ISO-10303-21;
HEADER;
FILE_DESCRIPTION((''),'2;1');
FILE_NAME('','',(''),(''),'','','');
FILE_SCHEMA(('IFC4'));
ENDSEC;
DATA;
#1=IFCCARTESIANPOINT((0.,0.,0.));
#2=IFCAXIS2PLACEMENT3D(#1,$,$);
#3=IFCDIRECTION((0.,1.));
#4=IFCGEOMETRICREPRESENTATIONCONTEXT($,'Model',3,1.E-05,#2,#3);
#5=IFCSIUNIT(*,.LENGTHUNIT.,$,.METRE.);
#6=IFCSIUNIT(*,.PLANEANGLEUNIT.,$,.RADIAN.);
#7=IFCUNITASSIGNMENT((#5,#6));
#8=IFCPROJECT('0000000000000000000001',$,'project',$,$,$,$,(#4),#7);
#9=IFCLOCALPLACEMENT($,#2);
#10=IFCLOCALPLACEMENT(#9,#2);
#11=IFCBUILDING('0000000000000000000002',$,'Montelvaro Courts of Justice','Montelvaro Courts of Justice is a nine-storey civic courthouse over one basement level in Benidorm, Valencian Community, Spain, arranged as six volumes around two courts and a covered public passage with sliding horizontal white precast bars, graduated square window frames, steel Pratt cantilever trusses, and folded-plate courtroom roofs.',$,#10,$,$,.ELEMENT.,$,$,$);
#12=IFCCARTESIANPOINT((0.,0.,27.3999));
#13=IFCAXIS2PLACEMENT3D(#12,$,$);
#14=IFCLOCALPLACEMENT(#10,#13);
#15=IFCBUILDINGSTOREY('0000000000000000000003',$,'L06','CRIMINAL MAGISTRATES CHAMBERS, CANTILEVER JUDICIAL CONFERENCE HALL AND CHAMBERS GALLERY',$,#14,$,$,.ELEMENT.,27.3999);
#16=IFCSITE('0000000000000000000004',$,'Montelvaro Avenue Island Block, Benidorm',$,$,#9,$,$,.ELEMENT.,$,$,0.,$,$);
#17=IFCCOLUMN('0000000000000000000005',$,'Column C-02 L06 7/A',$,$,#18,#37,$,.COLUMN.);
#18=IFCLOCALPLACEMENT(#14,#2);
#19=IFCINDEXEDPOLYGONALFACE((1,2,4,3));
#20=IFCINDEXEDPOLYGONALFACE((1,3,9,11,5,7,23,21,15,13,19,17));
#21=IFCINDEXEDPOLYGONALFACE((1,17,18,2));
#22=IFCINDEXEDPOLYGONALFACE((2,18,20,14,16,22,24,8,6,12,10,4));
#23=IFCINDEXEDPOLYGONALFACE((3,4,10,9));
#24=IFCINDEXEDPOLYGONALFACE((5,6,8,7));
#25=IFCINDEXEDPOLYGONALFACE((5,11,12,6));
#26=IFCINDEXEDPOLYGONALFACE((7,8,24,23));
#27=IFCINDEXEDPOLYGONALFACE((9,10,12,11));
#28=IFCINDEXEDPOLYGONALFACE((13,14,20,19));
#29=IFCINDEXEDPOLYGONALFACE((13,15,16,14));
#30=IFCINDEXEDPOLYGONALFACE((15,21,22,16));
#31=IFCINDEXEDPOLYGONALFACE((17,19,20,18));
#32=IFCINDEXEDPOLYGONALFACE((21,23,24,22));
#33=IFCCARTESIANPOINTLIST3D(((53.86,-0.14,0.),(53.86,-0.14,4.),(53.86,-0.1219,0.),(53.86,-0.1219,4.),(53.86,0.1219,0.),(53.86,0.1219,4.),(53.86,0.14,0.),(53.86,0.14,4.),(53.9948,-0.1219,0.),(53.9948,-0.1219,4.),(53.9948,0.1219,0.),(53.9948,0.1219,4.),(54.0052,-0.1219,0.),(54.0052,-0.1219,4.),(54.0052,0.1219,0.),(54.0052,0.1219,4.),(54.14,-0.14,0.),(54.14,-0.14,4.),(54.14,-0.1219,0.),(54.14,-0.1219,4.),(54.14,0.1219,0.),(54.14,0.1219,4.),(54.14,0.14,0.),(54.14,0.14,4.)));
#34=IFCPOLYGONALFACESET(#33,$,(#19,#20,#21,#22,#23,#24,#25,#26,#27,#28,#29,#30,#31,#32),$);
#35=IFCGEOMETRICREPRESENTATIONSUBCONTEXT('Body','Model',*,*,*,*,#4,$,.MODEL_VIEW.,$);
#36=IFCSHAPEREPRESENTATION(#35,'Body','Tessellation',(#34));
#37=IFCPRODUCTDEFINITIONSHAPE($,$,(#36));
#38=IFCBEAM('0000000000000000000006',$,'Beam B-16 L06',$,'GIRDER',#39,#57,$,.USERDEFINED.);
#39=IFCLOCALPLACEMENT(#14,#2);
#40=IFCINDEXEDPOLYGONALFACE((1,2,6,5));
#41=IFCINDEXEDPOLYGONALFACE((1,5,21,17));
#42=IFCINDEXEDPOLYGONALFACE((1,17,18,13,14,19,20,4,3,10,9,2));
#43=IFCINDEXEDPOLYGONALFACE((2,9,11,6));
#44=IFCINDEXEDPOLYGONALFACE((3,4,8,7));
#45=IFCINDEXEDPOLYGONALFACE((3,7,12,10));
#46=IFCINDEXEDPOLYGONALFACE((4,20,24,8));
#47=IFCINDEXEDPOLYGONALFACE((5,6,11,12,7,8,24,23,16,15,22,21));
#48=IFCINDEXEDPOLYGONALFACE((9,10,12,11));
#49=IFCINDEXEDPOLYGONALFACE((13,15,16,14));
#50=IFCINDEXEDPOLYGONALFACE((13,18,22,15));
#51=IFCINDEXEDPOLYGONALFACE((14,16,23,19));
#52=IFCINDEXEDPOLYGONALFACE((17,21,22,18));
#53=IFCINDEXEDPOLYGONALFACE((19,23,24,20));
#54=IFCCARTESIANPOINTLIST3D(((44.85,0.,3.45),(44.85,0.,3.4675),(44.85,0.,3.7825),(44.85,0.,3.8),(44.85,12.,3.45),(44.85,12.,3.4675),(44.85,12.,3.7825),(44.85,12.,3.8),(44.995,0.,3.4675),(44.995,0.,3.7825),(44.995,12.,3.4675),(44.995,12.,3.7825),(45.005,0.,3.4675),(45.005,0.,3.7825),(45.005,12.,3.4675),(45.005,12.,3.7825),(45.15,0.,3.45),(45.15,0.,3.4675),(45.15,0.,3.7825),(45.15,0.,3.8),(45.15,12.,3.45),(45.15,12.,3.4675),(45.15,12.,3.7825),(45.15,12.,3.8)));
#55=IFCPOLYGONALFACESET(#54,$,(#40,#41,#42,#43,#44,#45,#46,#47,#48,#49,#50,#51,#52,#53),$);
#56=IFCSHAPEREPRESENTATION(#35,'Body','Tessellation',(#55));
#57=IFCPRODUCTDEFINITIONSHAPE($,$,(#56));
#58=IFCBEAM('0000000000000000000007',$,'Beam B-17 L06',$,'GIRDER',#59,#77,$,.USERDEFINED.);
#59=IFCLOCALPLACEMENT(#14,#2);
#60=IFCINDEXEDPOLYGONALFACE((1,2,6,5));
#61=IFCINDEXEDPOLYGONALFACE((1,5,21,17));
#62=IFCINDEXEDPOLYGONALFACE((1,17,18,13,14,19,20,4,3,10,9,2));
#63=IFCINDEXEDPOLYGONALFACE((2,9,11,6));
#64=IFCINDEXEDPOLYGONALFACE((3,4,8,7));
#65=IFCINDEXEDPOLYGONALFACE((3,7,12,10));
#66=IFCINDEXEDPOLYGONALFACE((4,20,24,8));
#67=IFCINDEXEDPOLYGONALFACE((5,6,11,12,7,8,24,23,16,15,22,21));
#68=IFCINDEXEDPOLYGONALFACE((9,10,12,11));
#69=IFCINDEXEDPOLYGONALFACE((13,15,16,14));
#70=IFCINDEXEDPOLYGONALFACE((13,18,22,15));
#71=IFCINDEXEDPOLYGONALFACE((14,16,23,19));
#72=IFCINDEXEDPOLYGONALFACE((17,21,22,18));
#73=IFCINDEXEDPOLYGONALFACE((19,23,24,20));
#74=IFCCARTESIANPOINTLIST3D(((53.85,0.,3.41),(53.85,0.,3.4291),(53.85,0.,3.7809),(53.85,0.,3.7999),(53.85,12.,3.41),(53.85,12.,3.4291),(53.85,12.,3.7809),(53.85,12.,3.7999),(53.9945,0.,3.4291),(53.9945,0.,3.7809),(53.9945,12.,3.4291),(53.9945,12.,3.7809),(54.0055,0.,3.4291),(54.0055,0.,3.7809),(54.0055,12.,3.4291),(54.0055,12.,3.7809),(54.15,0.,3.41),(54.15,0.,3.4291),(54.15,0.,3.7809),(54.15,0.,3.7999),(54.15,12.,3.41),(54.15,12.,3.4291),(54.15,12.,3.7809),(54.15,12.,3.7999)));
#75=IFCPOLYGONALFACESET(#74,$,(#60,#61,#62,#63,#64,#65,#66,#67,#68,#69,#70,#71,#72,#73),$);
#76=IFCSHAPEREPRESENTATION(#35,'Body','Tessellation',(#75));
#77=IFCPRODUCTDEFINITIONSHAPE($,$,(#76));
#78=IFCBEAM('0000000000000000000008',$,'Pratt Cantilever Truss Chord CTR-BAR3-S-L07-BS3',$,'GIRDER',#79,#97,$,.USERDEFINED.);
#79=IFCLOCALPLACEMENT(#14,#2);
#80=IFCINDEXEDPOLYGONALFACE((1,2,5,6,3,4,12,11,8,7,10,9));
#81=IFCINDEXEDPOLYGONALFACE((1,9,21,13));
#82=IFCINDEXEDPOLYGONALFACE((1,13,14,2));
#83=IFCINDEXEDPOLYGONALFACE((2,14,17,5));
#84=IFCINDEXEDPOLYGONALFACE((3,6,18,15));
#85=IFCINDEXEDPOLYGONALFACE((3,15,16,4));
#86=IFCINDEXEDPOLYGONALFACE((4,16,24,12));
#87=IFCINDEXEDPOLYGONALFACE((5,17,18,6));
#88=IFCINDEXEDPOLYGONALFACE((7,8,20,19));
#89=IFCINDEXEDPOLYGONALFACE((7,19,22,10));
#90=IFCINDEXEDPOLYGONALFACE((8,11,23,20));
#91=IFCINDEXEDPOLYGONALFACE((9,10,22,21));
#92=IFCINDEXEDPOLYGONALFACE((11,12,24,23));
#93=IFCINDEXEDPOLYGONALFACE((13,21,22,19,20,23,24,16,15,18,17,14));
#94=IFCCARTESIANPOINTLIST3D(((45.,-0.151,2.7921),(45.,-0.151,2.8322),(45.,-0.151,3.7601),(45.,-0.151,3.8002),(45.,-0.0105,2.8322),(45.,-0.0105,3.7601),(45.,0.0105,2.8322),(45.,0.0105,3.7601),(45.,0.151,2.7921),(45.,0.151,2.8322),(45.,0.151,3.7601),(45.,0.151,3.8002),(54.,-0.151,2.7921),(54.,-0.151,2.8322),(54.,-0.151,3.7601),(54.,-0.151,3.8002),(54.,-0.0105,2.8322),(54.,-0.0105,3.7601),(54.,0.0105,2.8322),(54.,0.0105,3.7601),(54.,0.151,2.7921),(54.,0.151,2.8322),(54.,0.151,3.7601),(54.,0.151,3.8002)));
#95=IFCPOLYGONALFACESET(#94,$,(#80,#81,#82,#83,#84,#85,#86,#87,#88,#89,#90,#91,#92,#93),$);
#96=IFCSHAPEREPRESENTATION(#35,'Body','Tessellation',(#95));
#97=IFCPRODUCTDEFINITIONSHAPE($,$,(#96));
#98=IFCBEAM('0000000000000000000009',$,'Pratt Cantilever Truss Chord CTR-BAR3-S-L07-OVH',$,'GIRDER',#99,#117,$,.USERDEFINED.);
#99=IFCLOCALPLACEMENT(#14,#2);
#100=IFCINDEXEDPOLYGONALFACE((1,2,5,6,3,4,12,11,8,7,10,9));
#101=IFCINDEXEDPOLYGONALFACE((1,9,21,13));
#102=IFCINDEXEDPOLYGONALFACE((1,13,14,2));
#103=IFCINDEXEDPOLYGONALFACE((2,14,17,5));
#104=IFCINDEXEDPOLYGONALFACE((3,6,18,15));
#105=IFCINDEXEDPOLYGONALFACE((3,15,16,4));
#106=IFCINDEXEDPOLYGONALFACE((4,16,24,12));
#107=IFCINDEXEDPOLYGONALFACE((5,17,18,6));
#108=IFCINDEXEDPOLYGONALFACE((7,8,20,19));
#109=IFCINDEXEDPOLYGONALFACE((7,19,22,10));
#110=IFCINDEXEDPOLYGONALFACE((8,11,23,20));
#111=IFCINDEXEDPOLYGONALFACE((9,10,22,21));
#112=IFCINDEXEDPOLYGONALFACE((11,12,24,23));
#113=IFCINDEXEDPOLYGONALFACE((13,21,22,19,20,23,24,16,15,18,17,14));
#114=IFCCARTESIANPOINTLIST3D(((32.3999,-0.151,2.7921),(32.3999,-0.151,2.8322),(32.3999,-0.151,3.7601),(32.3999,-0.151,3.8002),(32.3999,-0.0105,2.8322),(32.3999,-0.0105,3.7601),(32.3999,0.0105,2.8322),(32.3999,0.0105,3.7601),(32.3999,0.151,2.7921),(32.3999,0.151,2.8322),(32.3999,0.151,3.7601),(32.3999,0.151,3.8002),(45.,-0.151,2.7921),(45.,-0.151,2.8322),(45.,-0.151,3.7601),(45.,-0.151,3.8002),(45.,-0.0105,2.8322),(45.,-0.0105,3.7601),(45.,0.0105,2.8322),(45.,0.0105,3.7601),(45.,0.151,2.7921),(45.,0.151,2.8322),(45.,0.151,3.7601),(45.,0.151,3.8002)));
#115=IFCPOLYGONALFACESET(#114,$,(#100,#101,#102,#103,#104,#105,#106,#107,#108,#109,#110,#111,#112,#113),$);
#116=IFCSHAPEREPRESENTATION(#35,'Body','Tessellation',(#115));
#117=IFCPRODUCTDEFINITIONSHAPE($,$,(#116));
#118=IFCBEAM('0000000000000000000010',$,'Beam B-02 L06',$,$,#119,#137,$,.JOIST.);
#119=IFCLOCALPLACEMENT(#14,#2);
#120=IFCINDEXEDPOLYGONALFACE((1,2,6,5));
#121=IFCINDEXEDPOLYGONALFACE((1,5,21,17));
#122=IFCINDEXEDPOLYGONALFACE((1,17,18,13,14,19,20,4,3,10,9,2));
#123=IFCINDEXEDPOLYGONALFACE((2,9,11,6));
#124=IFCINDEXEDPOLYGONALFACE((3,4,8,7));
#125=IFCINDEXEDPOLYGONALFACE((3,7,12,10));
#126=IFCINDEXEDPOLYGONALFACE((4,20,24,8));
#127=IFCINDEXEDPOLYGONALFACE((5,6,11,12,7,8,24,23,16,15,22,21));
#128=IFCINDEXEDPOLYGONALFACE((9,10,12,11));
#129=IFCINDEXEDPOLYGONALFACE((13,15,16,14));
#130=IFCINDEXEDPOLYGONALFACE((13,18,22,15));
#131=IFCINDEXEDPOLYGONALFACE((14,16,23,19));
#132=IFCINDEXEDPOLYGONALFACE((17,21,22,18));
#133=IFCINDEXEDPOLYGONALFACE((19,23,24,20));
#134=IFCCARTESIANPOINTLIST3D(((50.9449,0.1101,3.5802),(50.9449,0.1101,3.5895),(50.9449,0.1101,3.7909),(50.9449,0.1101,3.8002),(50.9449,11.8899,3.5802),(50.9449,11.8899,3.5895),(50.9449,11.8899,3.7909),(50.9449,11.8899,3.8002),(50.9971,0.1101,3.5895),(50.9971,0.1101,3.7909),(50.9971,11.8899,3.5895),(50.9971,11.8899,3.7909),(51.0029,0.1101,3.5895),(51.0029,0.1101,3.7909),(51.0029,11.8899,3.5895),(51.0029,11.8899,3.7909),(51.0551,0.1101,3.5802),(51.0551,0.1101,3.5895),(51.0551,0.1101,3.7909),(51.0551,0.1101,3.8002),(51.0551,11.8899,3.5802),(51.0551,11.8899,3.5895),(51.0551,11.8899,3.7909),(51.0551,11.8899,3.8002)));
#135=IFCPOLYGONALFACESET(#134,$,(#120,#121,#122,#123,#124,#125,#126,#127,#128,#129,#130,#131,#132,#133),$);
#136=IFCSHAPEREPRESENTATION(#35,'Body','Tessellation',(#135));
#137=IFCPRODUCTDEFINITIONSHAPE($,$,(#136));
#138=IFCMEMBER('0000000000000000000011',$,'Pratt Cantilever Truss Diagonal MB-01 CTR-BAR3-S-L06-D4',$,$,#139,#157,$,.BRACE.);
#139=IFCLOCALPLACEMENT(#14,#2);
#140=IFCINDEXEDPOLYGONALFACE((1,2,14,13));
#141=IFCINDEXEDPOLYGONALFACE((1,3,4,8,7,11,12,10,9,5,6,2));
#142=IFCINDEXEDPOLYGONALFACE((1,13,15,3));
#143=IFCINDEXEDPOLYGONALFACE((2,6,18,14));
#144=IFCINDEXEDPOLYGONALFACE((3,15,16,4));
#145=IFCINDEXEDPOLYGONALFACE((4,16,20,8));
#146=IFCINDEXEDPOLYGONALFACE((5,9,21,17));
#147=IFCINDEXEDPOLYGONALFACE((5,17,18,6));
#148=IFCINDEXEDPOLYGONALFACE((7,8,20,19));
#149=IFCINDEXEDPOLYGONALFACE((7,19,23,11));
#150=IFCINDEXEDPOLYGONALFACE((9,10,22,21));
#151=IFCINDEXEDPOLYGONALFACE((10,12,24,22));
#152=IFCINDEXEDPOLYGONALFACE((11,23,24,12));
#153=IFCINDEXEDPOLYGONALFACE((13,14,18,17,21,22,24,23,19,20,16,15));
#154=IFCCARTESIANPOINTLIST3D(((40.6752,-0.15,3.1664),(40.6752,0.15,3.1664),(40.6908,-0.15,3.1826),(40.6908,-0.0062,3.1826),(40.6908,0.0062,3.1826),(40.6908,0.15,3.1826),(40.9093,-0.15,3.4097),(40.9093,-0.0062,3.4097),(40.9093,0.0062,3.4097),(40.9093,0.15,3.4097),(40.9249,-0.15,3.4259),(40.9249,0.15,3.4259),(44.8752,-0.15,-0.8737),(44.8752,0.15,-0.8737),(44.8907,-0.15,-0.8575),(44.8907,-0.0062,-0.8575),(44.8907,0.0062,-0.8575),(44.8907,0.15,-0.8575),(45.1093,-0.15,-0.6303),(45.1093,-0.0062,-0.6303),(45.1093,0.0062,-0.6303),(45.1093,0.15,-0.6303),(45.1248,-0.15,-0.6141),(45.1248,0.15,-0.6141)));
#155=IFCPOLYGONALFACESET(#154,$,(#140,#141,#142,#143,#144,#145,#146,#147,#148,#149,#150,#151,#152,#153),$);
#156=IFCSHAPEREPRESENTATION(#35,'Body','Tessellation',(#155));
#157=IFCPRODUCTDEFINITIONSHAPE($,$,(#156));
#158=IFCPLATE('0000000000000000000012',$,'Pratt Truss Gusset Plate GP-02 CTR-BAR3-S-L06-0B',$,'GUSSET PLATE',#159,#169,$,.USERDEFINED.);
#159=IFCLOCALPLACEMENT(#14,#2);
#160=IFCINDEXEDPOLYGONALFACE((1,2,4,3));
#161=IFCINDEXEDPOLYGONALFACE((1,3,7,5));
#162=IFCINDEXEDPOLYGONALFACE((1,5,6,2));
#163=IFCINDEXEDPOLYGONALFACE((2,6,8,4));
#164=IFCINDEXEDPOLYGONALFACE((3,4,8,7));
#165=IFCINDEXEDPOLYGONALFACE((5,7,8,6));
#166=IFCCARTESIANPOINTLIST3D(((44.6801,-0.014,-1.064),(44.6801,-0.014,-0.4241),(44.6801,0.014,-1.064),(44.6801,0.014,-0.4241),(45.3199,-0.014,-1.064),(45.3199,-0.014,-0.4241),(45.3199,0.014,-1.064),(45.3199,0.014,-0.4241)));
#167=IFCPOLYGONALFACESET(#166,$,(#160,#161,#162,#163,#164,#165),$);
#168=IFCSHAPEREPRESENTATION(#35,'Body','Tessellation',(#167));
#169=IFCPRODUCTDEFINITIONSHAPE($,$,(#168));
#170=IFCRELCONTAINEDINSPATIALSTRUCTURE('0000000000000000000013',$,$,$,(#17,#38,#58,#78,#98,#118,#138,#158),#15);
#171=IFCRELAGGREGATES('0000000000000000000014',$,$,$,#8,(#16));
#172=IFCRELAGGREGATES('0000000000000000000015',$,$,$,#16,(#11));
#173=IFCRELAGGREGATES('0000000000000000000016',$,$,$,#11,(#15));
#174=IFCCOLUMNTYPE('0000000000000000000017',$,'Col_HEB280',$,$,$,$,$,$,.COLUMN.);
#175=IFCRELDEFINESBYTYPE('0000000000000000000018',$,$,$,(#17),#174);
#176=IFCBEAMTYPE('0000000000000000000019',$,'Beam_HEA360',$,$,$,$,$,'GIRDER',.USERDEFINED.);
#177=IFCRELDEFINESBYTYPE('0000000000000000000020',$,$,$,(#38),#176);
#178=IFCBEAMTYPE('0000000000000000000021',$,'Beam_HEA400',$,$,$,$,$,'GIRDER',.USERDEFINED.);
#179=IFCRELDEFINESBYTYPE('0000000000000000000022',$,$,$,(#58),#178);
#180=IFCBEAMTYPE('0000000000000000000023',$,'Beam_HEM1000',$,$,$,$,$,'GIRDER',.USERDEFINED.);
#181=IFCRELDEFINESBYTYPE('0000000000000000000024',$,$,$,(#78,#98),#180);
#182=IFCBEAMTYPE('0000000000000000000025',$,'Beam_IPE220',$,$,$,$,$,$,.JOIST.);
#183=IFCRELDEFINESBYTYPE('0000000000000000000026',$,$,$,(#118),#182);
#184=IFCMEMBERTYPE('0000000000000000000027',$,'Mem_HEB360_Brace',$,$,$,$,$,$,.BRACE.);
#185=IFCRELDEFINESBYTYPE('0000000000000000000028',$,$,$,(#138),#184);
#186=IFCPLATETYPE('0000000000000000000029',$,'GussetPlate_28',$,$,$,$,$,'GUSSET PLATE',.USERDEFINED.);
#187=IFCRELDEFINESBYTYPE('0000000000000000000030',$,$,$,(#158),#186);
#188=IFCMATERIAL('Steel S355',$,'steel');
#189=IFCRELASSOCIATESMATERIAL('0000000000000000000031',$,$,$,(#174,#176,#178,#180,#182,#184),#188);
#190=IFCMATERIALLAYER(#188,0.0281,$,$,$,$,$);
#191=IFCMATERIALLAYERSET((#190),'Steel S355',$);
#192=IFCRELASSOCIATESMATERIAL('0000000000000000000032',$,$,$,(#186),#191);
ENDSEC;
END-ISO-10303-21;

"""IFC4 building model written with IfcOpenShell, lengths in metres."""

from ifc_helpers import new_model, si_unit, direction, frame, origin, origin_2d, place, context, subcontext, project, spatial, rectangle, i_section, extrude, material, layer, layer_set, material_profile, profile_set, type_object, element, save


model = new_model("IFC4")

# Units and contexts
model_context = context("Model", 3, precision=1e-05, world=origin(), true_north=direction((0.0, 1.0)))
body_context = subcontext(model_context, "Body", "Model", "MODEL_VIEW")
ifc_project = project(units=[si_unit("LENGTHUNIT", "METRE"), si_unit("PLANEANGLEUNIT", "RADIAN")], contexts=[model_context])

# Site, building, storey
site_placement = place(None, origin())
site = spatial("IfcSite", under=ifc_project, at=site_placement, Name="Montelvaro Avenue Island Block, Benidorm", CompositionType="ELEMENT", RefElevation=0.0)
building_placement = place(site_placement, origin())
building = spatial("IfcBuilding", under=site, at=building_placement, Name="Montelvaro Courts of Justice", Description="Montelvaro Courts of Justice is a nine-storey civic courthouse over one basement level in Benidorm, Valencian Community, Spain, arranged as six volumes around two courts and a covered public passage with sliding horizontal white precast bars, graduated square window frames, steel Pratt cantilever trusses, and folded-plate courtroom roofs.", CompositionType="ELEMENT")
storey_placement = place(building_placement, frame((0.0, 0.0, 27.3999)))
storey = spatial("IfcBuildingStorey", under=building, at=storey_placement, Name="L06", Description="CRIMINAL MAGISTRATES CHAMBERS, CANTILEVER JUDICIAL CONFERENCE HALL AND CHAMBERS GALLERY", CompositionType="ELEMENT", Elevation=27.3999)

# Column
ifc_material_1 = material(Name="Steel S355", Category="steel")
ifc_material_profile_1 = material_profile(ifc_material_1, i_section(OverallWidth=0.28, OverallDepth=0.28, WebThickness=0.0105, FlangeThickness=0.0181, at=origin_2d()), Name="HEB 280")
ifc_profile_set_1 = profile_set([ifc_material_profile_1], Name="Steel S355")
column_type = type_object("IfcColumnType", Name="Col_HEB280", PredefinedType="COLUMN", material=ifc_profile_set_1)
column_placement = place(storey_placement, frame((54.0, 0.0, 0.0), z_axis=(0.0, 0.0, 1.0), x_axis=(1.0, 0.0, 0.0)))
element("IfcColumn", 1, at=column_placement, inside=storey, type_object=column_type, Name="Column C-02 L06 7/A", PredefinedType="COLUMN", context=body_context, shape_type="SweptSolid", body=[
    extrude(i_section(OverallWidth=0.28, OverallDepth=0.28, WebThickness=0.0105, FlangeThickness=0.0181, at=origin_2d()), origin(), (0.0, 0.0, 1.0), 4.0),
])

# Beams
ifc_material_profile_2 = material_profile(ifc_material_1, i_section(OverallWidth=0.3, OverallDepth=0.3501, WebThickness=0.01, FlangeThickness=0.0176, at=origin_2d()), Name="HEA 360")
ifc_profile_set_2 = profile_set([ifc_material_profile_2], Name="Steel S355")
beam_type_1 = type_object("IfcBeamType", Name="Beam_HEA360", ElementType="GIRDER", PredefinedType="USERDEFINED", material=ifc_profile_set_2)
beam_1_placement = place(storey_placement, frame((45.0, 0.0, 3.625), z_axis=(0.0, 1.0, 0.0), x_axis=(-1.0, 0.0, 0.0)))
element("IfcBeam", 2, at=beam_1_placement, inside=storey, type_object=beam_type_1, Name="Beam B-16 L06", ObjectType="GIRDER", PredefinedType="USERDEFINED", context=body_context, shape_type="SweptSolid", body=[
    extrude(i_section(OverallWidth=0.3, OverallDepth=0.3501, WebThickness=0.01, FlangeThickness=0.0176, at=origin_2d()), origin(), (0.0, 0.0, 1.0), 12.0),
])
ifc_material_profile_3 = material_profile(ifc_material_1, i_section(OverallWidth=0.3, OverallDepth=0.3899, WebThickness=0.011, FlangeThickness=0.019, at=origin_2d()), Name="HEA 400")
ifc_profile_set_3 = profile_set([ifc_material_profile_3], Name="Steel S355")
beam_type_2 = type_object("IfcBeamType", Name="Beam_HEA400", ElementType="GIRDER", PredefinedType="USERDEFINED", material=ifc_profile_set_3)
beam_2_placement = place(storey_placement, frame((54.0, 0.0, 3.605), z_axis=(0.0, 1.0, 0.0), x_axis=(-1.0, 0.0, 0.0)))
element("IfcBeam", 3, at=beam_2_placement, inside=storey, type_object=beam_type_2, Name="Beam B-17 L06", ObjectType="GIRDER", PredefinedType="USERDEFINED", context=body_context, shape_type="SweptSolid", body=[
    extrude(i_section(OverallWidth=0.3, OverallDepth=0.3899, WebThickness=0.011, FlangeThickness=0.019, at=origin_2d()), origin(), (0.0, 0.0, 1.0), 12.0),
])
ifc_material_profile_4 = material_profile(ifc_material_1, i_section(OverallWidth=0.302, OverallDepth=1.0081, WebThickness=0.021, FlangeThickness=0.04, at=origin_2d()), Name="HEM 1000")
ifc_profile_set_4 = profile_set([ifc_material_profile_4], Name="Steel S355")
beam_type_3 = type_object("IfcBeamType", Name="Beam_HEM1000", ElementType="GIRDER", PredefinedType="USERDEFINED", material=ifc_profile_set_4)
beam_3_placement = place(storey_placement, frame((54.0, 0.0, 3.2961), z_axis=(-1.0, 0.0, 0.0), x_axis=(0.0, -1.0, 0.0)))
element("IfcBeam", 4, at=beam_3_placement, inside=storey, type_object=beam_type_3, Name="Pratt Cantilever Truss Chord CTR-BAR3-S-L07-BS3", ObjectType="GIRDER", PredefinedType="USERDEFINED", context=body_context, shape_type="SweptSolid", body=[
    extrude(i_section(OverallWidth=0.302, OverallDepth=1.0081, WebThickness=0.021, FlangeThickness=0.04, at=origin_2d()), origin(), (0.0, 0.0, 1.0), 9.0),
])
beam_4_placement = place(storey_placement, frame((45.0, 0.0, 3.2961), z_axis=(-1.0, 0.0, 0.0), x_axis=(0.0, -1.0, 0.0)))
element("IfcBeam", 5, at=beam_4_placement, inside=storey, type_object=beam_type_3, Name="Pratt Cantilever Truss Chord CTR-BAR3-S-L07-OVH", ObjectType="GIRDER", PredefinedType="USERDEFINED", context=body_context, shape_type="SweptSolid", body=[
    extrude(i_section(OverallWidth=0.302, OverallDepth=1.0081, WebThickness=0.021, FlangeThickness=0.04, at=origin_2d()), origin(), (0.0, 0.0, 1.0), 12.6001),
])
ifc_material_profile_5 = material_profile(ifc_material_1, i_section(OverallWidth=0.1101, OverallDepth=0.22, WebThickness=0.0059, FlangeThickness=0.0093, at=origin_2d()), Name="IPE 220")
ifc_profile_set_5 = profile_set([ifc_material_profile_5], Name="Steel S355")
beam_type_4 = type_object("IfcBeamType", Name="Beam_IPE220", PredefinedType="JOIST", material=ifc_profile_set_5)
beam_5_placement = place(storey_placement, frame((51.0, 0.1101, 3.6902), z_axis=(0.0, 1.0, 0.0), x_axis=(-1.0, 0.0, 0.0)))
element("IfcBeam", 6, at=beam_5_placement, inside=storey, type_object=beam_type_4, Name="Beam B-02 L06", PredefinedType="JOIST", context=body_context, shape_type="SweptSolid", body=[
    extrude(i_section(OverallWidth=0.1101, OverallDepth=0.22, WebThickness=0.0059, FlangeThickness=0.0093, at=origin_2d()), origin(), (0.0, 0.0, 1.0), 11.7798),
])

# Member
ifc_material_profile_6 = material_profile(ifc_material_1, i_section(OverallWidth=0.3, OverallDepth=0.3601, WebThickness=0.0125, FlangeThickness=0.0225, at=origin_2d()), Name="HEB 360")
ifc_profile_set_6 = profile_set([ifc_material_profile_6], Name="Steel S355")
member_type = type_object("IfcMemberType", Name="Mem_HEB360_Brace", PredefinedType="BRACE", material=ifc_profile_set_6)
member_placement = place(storey_placement, frame((45.0, 0.0, -0.7439), z_axis=(-0.720694, 0.0, 0.693254), x_axis=(0.0, -1.0, 0.0)))
element("IfcMember", 7, at=member_placement, inside=storey, type_object=member_type, Name="Pratt Cantilever Truss Diagonal MB-01 CTR-BAR3-S-L06-D4", PredefinedType="BRACE", context=body_context, shape_type="SweptSolid", body=[
    extrude(i_section(OverallWidth=0.3, OverallDepth=0.3601, WebThickness=0.0125, FlangeThickness=0.0225, at=origin_2d()), origin(), (0.0, 0.0, 1.0), 5.8276),
])

# Plate
ifc_layer_1 = layer(ifc_material_1, 0.0281)
ifc_layer_set_1 = layer_set([ifc_layer_1], Name="Steel S355")
plate_type_1 = type_object("IfcPlateType", Name="GussetPlate_28", ElementType="GUSSET PLATE", PredefinedType="USERDEFINED", material=ifc_layer_set_1)
plate_placement = place(storey_placement, frame((45.0, 0.0, -1.064), z_axis=(0.0, 0.0, 1.0), x_axis=(1.0, 0.0, 0.0)))
element("IfcPlate", 8, at=plate_placement, inside=storey, type_object=plate_type_1, Name="Pratt Truss Gusset Plate GP-02 CTR-BAR3-S-L06-0B", ObjectType="GUSSET PLATE", PredefinedType="USERDEFINED", context=body_context, shape_type="SweptSolid", body=[
    extrude(rectangle(XDim=0.6399, YDim=0.0281, at=origin_2d()), origin(), (0.0, 0.0, 1.0), 0.6399),
])

save(model, "model.ifc")
